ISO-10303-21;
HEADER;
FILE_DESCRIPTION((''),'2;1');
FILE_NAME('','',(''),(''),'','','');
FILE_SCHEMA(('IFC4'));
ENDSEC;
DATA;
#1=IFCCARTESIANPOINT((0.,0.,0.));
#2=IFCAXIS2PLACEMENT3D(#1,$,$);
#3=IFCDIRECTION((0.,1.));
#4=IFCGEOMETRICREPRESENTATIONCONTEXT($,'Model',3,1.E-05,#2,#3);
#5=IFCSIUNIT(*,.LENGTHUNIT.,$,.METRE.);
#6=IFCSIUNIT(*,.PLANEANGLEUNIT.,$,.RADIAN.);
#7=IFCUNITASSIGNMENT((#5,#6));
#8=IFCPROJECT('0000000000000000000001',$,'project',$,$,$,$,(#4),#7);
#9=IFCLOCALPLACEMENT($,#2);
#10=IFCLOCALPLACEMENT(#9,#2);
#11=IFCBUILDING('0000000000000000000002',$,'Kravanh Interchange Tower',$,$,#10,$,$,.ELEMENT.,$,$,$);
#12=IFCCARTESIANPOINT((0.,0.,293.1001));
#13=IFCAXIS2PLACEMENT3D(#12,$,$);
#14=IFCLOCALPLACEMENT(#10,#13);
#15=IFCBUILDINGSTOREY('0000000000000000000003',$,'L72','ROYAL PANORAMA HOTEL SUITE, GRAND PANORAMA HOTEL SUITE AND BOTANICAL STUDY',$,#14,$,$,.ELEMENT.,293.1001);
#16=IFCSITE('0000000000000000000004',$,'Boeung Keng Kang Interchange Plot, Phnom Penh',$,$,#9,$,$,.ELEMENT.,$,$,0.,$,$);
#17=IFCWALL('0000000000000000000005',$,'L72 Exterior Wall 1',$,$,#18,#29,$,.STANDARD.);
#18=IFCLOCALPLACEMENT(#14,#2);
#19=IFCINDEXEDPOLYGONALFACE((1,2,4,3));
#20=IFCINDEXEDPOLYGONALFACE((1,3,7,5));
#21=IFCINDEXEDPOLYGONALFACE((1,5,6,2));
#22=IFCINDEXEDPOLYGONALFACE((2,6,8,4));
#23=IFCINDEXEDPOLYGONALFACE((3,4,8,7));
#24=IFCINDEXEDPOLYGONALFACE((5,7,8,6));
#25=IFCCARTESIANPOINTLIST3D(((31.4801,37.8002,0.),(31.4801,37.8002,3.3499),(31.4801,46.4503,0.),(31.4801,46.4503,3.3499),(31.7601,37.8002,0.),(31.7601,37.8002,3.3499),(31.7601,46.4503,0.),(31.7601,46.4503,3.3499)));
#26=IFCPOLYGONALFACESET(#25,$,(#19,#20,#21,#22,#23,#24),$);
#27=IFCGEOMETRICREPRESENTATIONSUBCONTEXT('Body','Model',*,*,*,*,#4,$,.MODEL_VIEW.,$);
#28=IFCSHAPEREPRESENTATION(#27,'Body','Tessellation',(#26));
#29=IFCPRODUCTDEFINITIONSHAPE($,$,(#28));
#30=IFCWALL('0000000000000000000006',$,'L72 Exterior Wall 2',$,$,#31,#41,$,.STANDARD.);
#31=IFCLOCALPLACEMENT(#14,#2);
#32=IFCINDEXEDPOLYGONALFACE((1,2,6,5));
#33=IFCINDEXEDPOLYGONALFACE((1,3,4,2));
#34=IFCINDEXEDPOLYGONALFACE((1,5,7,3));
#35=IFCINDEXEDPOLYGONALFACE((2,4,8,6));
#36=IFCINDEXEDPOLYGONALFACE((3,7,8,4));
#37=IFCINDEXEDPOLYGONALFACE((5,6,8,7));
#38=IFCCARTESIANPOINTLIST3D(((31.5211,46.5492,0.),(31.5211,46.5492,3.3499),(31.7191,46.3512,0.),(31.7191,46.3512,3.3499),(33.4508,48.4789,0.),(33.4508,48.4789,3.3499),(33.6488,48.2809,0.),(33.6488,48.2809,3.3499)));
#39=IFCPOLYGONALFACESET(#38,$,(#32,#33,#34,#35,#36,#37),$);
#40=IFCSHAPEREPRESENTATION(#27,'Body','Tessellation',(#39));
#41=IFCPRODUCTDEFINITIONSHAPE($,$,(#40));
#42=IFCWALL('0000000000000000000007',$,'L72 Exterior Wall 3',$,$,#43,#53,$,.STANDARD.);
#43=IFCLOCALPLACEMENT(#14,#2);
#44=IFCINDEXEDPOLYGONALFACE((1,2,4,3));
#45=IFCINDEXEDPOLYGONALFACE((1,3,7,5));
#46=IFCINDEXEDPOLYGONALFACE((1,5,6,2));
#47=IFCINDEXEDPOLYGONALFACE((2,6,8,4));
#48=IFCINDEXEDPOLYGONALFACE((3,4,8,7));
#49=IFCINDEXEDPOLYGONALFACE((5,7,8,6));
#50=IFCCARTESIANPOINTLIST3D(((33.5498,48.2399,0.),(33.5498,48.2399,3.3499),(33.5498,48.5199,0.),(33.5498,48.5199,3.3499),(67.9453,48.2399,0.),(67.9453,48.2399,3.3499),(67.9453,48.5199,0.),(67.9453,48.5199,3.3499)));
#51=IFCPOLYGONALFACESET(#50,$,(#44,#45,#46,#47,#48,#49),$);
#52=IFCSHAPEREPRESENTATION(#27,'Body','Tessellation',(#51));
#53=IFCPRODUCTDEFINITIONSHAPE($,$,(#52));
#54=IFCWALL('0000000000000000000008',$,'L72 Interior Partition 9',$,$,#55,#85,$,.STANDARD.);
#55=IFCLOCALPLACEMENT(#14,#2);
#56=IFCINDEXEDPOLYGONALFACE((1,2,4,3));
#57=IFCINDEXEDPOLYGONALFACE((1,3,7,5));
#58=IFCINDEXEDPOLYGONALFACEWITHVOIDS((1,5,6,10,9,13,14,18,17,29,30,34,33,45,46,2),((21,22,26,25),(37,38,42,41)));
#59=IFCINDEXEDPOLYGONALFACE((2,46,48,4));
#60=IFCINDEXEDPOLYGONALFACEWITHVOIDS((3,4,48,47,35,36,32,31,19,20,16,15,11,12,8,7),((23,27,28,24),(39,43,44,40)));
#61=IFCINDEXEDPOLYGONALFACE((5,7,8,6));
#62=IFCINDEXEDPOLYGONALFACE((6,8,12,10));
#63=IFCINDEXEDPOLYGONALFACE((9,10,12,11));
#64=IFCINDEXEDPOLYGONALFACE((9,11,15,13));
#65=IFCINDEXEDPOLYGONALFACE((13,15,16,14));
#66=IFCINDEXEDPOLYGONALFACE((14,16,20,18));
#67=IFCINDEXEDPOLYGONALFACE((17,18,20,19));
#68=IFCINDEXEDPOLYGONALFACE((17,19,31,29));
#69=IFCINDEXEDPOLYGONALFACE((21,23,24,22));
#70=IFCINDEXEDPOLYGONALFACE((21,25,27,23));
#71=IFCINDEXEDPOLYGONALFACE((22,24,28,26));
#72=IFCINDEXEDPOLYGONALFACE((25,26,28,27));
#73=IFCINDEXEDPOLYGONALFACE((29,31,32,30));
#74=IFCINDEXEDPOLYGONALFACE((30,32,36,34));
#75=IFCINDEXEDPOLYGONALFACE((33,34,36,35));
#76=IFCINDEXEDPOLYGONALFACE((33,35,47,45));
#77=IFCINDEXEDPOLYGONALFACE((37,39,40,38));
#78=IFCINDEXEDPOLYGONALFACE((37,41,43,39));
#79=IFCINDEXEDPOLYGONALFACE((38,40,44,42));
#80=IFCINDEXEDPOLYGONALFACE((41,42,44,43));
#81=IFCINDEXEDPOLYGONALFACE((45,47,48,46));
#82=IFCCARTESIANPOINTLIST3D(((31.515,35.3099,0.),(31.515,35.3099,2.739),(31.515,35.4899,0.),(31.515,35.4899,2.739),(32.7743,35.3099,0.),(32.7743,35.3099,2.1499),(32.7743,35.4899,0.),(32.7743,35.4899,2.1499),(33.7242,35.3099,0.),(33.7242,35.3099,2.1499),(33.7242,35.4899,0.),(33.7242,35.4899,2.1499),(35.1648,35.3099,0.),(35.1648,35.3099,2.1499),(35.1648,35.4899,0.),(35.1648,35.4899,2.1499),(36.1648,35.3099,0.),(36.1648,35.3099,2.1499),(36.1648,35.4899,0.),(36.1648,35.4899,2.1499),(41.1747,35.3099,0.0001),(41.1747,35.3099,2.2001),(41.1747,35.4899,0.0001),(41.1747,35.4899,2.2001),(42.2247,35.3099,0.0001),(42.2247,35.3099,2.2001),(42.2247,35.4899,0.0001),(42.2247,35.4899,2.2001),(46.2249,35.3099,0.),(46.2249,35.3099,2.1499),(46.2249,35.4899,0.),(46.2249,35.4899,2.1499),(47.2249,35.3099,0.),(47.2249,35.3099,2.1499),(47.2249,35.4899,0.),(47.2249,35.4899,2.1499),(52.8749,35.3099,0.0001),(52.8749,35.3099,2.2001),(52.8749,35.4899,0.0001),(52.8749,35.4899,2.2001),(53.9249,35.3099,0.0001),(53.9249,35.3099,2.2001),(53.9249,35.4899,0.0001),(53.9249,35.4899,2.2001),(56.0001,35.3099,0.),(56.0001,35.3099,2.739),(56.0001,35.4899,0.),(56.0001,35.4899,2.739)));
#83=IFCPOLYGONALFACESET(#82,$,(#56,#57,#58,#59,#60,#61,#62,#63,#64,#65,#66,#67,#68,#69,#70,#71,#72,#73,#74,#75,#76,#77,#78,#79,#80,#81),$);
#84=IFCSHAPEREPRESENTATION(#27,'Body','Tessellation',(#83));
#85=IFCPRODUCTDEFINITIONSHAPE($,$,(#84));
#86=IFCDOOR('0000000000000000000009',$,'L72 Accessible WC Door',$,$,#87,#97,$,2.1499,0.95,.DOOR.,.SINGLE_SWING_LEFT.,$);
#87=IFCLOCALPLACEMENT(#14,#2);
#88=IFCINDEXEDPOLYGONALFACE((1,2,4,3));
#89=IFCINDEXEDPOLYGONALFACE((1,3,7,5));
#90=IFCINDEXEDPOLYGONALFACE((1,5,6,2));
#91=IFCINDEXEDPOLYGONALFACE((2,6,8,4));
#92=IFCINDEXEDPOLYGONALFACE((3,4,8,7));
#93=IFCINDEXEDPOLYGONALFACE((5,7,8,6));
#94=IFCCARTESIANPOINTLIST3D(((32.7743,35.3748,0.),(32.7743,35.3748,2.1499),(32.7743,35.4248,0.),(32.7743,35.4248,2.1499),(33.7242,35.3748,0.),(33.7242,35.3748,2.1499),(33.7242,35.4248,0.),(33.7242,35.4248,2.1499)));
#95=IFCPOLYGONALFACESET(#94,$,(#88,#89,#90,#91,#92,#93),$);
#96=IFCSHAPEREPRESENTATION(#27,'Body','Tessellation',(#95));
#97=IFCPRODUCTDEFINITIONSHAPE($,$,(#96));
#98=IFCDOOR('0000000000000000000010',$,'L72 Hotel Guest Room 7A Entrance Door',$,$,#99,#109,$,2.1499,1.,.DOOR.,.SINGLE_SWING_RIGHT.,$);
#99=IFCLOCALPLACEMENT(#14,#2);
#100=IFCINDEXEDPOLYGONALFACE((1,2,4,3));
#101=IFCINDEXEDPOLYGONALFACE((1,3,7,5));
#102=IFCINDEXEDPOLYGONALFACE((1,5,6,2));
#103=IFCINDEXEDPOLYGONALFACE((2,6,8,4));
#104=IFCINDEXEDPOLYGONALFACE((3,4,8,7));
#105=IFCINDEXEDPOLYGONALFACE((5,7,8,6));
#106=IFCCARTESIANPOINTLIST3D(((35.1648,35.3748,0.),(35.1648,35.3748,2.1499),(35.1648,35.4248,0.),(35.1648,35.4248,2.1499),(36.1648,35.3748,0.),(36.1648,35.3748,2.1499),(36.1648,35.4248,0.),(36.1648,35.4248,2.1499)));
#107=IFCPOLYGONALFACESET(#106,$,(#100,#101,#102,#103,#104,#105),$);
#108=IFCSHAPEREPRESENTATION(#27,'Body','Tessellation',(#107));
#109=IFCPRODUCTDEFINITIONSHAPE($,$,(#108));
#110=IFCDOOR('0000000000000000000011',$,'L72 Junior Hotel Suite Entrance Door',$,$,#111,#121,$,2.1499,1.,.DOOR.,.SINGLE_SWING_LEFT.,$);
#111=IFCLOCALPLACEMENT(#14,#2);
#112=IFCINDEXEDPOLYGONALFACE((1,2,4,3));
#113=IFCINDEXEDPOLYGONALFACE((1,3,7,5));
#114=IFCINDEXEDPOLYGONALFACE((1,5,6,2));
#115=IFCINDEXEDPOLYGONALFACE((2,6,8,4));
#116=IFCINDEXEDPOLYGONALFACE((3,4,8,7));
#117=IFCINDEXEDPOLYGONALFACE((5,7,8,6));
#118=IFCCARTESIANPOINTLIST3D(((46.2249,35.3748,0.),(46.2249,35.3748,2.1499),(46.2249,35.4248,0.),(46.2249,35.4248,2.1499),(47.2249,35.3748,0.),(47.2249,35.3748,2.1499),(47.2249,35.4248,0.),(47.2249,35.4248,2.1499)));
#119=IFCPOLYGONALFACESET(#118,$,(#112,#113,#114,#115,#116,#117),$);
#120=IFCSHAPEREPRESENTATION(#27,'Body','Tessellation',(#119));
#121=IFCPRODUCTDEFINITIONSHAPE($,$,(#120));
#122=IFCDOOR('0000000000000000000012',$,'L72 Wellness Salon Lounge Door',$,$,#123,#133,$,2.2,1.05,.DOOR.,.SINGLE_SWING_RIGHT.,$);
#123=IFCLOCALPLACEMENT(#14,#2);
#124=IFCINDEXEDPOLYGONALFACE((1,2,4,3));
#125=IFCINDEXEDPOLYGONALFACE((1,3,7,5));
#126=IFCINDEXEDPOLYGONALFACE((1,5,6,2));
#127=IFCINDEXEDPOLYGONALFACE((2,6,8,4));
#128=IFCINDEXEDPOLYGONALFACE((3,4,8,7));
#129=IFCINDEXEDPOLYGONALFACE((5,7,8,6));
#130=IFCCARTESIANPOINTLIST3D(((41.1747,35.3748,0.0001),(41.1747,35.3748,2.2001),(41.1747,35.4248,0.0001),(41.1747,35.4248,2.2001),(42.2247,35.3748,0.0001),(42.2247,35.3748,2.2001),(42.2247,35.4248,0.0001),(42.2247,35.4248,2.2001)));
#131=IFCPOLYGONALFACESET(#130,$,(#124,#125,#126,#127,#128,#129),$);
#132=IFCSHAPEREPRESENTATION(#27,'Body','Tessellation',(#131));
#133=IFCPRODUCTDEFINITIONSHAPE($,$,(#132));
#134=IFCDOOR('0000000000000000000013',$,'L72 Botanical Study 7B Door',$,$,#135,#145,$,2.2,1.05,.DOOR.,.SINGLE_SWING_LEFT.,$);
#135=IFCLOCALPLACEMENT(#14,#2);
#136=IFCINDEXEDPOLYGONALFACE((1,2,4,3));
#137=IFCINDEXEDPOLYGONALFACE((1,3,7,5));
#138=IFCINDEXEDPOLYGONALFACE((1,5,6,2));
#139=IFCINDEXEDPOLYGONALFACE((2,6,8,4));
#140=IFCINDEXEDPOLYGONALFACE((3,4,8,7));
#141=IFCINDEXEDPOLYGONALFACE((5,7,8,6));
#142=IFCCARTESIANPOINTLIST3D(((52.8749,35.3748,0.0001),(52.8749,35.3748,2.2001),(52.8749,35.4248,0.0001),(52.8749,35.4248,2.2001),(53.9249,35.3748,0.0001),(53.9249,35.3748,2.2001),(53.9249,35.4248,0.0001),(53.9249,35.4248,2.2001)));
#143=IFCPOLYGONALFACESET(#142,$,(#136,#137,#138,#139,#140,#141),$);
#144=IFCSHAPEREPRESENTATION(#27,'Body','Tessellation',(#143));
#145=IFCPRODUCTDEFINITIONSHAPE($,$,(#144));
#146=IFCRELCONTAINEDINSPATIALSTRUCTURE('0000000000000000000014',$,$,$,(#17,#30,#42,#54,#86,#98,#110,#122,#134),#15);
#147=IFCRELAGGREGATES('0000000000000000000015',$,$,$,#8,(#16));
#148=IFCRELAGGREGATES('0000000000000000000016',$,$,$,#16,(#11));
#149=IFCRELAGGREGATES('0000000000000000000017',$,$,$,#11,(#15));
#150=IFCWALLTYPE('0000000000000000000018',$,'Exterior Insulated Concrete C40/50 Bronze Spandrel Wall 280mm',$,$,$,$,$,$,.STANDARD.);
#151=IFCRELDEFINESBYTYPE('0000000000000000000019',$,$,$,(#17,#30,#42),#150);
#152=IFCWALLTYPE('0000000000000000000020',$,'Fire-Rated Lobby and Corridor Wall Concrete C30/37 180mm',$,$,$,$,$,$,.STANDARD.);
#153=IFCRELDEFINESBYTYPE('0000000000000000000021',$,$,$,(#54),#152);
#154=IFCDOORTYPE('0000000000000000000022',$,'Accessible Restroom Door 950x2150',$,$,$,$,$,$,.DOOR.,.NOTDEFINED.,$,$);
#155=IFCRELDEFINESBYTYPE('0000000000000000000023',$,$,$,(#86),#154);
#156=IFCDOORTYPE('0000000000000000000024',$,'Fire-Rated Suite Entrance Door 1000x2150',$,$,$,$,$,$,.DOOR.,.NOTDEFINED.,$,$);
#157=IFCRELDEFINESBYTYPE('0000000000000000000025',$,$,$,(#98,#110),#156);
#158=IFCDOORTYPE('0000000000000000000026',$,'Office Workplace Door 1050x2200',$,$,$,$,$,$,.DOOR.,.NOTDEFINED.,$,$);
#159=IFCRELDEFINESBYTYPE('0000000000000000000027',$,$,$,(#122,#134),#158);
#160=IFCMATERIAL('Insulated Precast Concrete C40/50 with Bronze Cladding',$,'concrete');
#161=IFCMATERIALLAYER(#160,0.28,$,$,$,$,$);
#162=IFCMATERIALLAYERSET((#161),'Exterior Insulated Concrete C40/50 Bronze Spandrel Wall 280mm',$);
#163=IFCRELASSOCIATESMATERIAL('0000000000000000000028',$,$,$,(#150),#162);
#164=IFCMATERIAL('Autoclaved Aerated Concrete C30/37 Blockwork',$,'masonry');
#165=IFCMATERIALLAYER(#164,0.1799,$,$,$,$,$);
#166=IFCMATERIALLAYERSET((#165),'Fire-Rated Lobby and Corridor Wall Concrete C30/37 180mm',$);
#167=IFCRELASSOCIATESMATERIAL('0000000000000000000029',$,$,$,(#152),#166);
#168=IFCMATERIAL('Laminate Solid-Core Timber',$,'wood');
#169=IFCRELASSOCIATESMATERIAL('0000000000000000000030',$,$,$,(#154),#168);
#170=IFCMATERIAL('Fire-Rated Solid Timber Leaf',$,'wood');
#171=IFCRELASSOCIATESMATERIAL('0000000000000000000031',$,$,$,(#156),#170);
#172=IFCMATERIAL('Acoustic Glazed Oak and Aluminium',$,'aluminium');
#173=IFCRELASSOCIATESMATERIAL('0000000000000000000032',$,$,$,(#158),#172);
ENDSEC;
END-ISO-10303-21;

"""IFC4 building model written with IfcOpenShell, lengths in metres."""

from ifc_helpers import new_model, si_unit, direction, frame, frame_2d, origin, place, context, subcontext, project, spatial, rectangle, extrude, material, layer, layer_set, type_object, element, fill, save


model = new_model("IFC4")

# Units and contexts
model_context = context("Model", 3, precision=1e-05, world=origin(), true_north=direction((0.0, 1.0)))
body_context = subcontext(model_context, "Body", "Model", "MODEL_VIEW")
ifc_project = project(units=[si_unit("LENGTHUNIT", "METRE"), si_unit("PLANEANGLEUNIT", "RADIAN")], contexts=[model_context])

# Site, building, storey
site_placement = place(None, origin())
site = spatial("IfcSite", under=ifc_project, at=site_placement, Name="Boeung Keng Kang Interchange Plot, Phnom Penh", CompositionType="ELEMENT", RefElevation=0.0)
building_placement = place(site_placement, origin())
building = spatial("IfcBuilding", under=site, at=building_placement, Name="Kravanh Interchange Tower", CompositionType="ELEMENT")
storey_placement = place(building_placement, frame((0.0, 0.0, 293.1001)))
storey = spatial("IfcBuildingStorey", under=building, at=storey_placement, Name="L72", Description="ROYAL PANORAMA HOTEL SUITE, GRAND PANORAMA HOTEL SUITE AND BOTANICAL STUDY", CompositionType="ELEMENT", Elevation=293.1001)

# Walls
ifc_material_1 = material(Name="Insulated Precast Concrete C40/50 with Bronze Cladding", Category="concrete")
ifc_layer_1 = layer(ifc_material_1, 0.28)
ifc_layer_set_1 = layer_set([ifc_layer_1], Name="Exterior Insulated Concrete C40/50 Bronze Spandrel Wall 280mm")
wall_type_1 = type_object("IfcWallType", Name="Exterior Insulated Concrete C40/50 Bronze Spandrel Wall 280mm", PredefinedType="STANDARD", material=ifc_layer_set_1)
wall_1_placement = place(storey_placement, frame((31.6201, 37.8, 0.0), z_axis=(0.0, 0.0, 1.0), x_axis=(0.0, 1.0, 0.0)))
element("IfcWall", 1, at=wall_1_placement, inside=storey, type_object=wall_type_1, Name="L72 Exterior Wall 1", PredefinedType="STANDARD", context=body_context, shape_type="SweptSolid", body=[
    extrude(rectangle(XDim=8.6501, YDim=0.28, at=frame_2d((4.3252, 0.0))), origin(), (0.0, 0.0, 1.0), 3.3499),
])
wall_2_placement = place(storey_placement, frame((31.6201, 46.4502, 0.0), z_axis=(0.0, 0.0, 1.0), x_axis=(0.707107, 0.707107, 0.0)))
element("IfcWall", 2, at=wall_2_placement, inside=storey, type_object=wall_type_1, Name="L72 Exterior Wall 2", PredefinedType="STANDARD", context=body_context, shape_type="SweptSolid", body=[
    extrude(rectangle(XDim=2.729, YDim=0.28, at=frame_2d((1.3645, 0.0))), origin(), (0.0, 0.0, 1.0), 3.3499),
])
wall_3_placement = place(storey_placement, frame((33.5498, 48.3799, 0.0), z_axis=(0.0, 0.0, 1.0), x_axis=(1.0, 0.0, 0.0)))
element("IfcWall", 3, at=wall_3_placement, inside=storey, type_object=wall_type_1, Name="L72 Exterior Wall 3", PredefinedType="STANDARD", context=body_context, shape_type="SweptSolid", body=[
    extrude(rectangle(XDim=34.3955, YDim=0.28, at=frame_2d((17.1978, 0.0))), origin(), (0.0, 0.0, 1.0), 3.3499),
])

# Wall, openings, doors
ifc_material_2 = material(Name="Autoclaved Aerated Concrete C30/37 Blockwork", Category="masonry")
ifc_layer_2 = layer(ifc_material_2, 0.1799)
ifc_layer_set_2 = layer_set([ifc_layer_2], Name="Fire-Rated Lobby and Corridor Wall Concrete C30/37 180mm")
wall_type_2 = type_object("IfcWallType", Name="Fire-Rated Lobby and Corridor Wall Concrete C30/37 180mm", PredefinedType="STANDARD", material=ifc_layer_set_2)
wall_4_placement = place(storey_placement, frame((31.5149, 35.3999, 0.0), z_axis=(0.0, 0.0, 1.0), x_axis=(1.0, 0.0, 0.0)))
wall_4 = element("IfcWall", 4, at=wall_4_placement, inside=storey, type_object=wall_type_2, Name="L72 Interior Partition 9", PredefinedType="STANDARD", context=body_context, shape_type="SweptSolid", body=[
    extrude(rectangle(XDim=24.4851, YDim=0.1799, at=frame_2d((12.2427, 0.0))), origin(), (0.0, 0.0, 1.0), 2.739),
])
opening_1_placement = place(wall_4_placement, frame((1.2593, 0.0, 0.0)))
opening_1 = element("IfcOpeningElement", 5, at=opening_1_placement, cuts=wall_4, PredefinedType="OPENING", context=body_context, shape_type="SweptSolid", body=[
    extrude(rectangle(XDim=0.95, YDim=2.1499, at=frame_2d((0.4751, 1.075))), frame((0.0, 0.1001, 0.0), z_axis=(0.0, -1.0, 0.0), x_axis=(1.0, 0.0, 0.0)), (0.0, 0.0, 1.0), 0.2),
])
opening_2_placement = place(wall_4_placement, frame((3.6499, 0.0, 0.0)))
opening_2 = element("IfcOpeningElement", 6, at=opening_2_placement, cuts=wall_4, PredefinedType="OPENING", context=body_context, shape_type="SweptSolid", body=[
    extrude(rectangle(XDim=1.0, YDim=2.1499, at=frame_2d((0.5, 1.075))), frame((0.0, 0.1001, 0.0), z_axis=(0.0, -1.0, 0.0), x_axis=(1.0, 0.0, 0.0)), (0.0, 0.0, 1.0), 0.2),
])
opening_3_placement = place(wall_4_placement, frame((9.6599, 0.0, 0.0)))
opening_3 = element("IfcOpeningElement", 7, at=opening_3_placement, cuts=wall_4, PredefinedType="OPENING", context=body_context, shape_type="SweptSolid", body=[
    extrude(rectangle(XDim=1.05, YDim=2.2, at=frame_2d((0.5249, 1.1001))), frame((0.0, 0.1001, 0.0), z_axis=(0.0, -1.0, 0.0), x_axis=(1.0, 0.0, 0.0)), (0.0, 0.0, 1.0), 0.2),
])
opening_4_placement = place(wall_4_placement, frame((14.71, 0.0, 0.0)))
opening_4 = element("IfcOpeningElement", 8, at=opening_4_placement, cuts=wall_4, PredefinedType="OPENING", context=body_context, shape_type="SweptSolid", body=[
    extrude(rectangle(XDim=1.0, YDim=2.1499, at=frame_2d((0.5, 1.075))), frame((0.0, 0.1001, 0.0), z_axis=(0.0, -1.0, 0.0), x_axis=(1.0, 0.0, 0.0)), (0.0, 0.0, 1.0), 0.2),
])
opening_5_placement = place(wall_4_placement, frame((21.3601, 0.0, 0.0)))
opening_5 = element("IfcOpeningElement", 9, at=opening_5_placement, cuts=wall_4, PredefinedType="OPENING", context=body_context, shape_type="SweptSolid", body=[
    extrude(rectangle(XDim=1.05, YDim=2.2, at=frame_2d((0.5249, 1.1001))), frame((0.0, 0.1001, 0.0), z_axis=(0.0, -1.0, 0.0), x_axis=(1.0, 0.0, 0.0)), (0.0, 0.0, 1.0), 0.2),
])
ifc_material_3 = material(Name="Laminate Solid-Core Timber", Category="wood")
door_type_1 = type_object("IfcDoorType", Name="Accessible Restroom Door 950x2150", OperationType="NOTDEFINED", PredefinedType="DOOR", material=ifc_material_3)
door_1_placement = place(opening_1_placement, origin())
door_1 = element("IfcDoor", 10, at=door_1_placement, inside=storey, type_object=door_type_1, Name="L72 Accessible WC Door", OperationType="SINGLE_SWING_LEFT", OverallHeight=2.1499, OverallWidth=0.95, PredefinedType="DOOR", context=body_context, shape_type="SweptSolid", body=[
    extrude(rectangle(XDim=0.95, YDim=2.1499, at=frame_2d((0.4751, 1.075))), frame((0.0, 0.0249, 0.0), z_axis=(0.0, -1.0, 0.0), x_axis=(1.0, 0.0, 0.0)), (0.0, 0.0, 1.0), 0.05),
])
fill(opening_1, door_1)
ifc_material_4 = material(Name="Fire-Rated Solid Timber Leaf", Category="wood")
door_type_2 = type_object("IfcDoorType", Name="Fire-Rated Suite Entrance Door 1000x2150", OperationType="NOTDEFINED", PredefinedType="DOOR", material=ifc_material_4)
door_2_placement = place(opening_2_placement, origin())
door_2 = element("IfcDoor", 11, at=door_2_placement, inside=storey, type_object=door_type_2, Name="L72 Hotel Guest Room 7A Entrance Door", OperationType="SINGLE_SWING_RIGHT", OverallHeight=2.1499, OverallWidth=1.0, PredefinedType="DOOR", context=body_context, shape_type="SweptSolid", body=[
    extrude(rectangle(XDim=1.0, YDim=2.1499, at=frame_2d((0.5, 1.075))), frame((0.0, 0.0249, 0.0), z_axis=(0.0, -1.0, 0.0), x_axis=(1.0, 0.0, 0.0)), (0.0, 0.0, 1.0), 0.05),
])
fill(opening_2, door_2)
door_3_placement = place(opening_4_placement, origin())
door_3 = element("IfcDoor", 12, at=door_3_placement, inside=storey, type_object=door_type_2, Name="L72 Junior Hotel Suite Entrance Door", OperationType="SINGLE_SWING_LEFT", OverallHeight=2.1499, OverallWidth=1.0, PredefinedType="DOOR", context=body_context, shape_type="SweptSolid", body=[
    extrude(rectangle(XDim=1.0, YDim=2.1499, at=frame_2d((0.5, 1.075))), frame((0.0, 0.0249, 0.0), z_axis=(0.0, -1.0, 0.0), x_axis=(1.0, 0.0, 0.0)), (0.0, 0.0, 1.0), 0.05),
])
fill(opening_4, door_3)
ifc_material_5 = material(Name="Acoustic Glazed Oak and Aluminium", Category="aluminium")
door_type_3 = type_object("IfcDoorType", Name="Office Workplace Door 1050x2200", OperationType="NOTDEFINED", PredefinedType="DOOR", material=ifc_material_5)
door_4_placement = place(opening_3_placement, origin())
door_4 = element("IfcDoor", 13, at=door_4_placement, inside=storey, type_object=door_type_3, Name="L72 Wellness Salon Lounge Door", OperationType="SINGLE_SWING_RIGHT", OverallHeight=2.2, OverallWidth=1.05, PredefinedType="DOOR", context=body_context, shape_type="SweptSolid", body=[
    extrude(rectangle(XDim=1.05, YDim=2.2, at=frame_2d((0.5249, 1.1001))), frame((0.0, 0.0249, 0.0), z_axis=(0.0, -1.0, 0.0), x_axis=(1.0, 0.0, 0.0)), (0.0, 0.0, 1.0), 0.05),
])
fill(opening_3, door_4)
door_5_placement = place(opening_5_placement, origin())
door_5 = element("IfcDoor", 14, at=door_5_placement, inside=storey, type_object=door_type_3, Name="L72 Botanical Study 7B Door", OperationType="SINGLE_SWING_LEFT", OverallHeight=2.2, OverallWidth=1.05, PredefinedType="DOOR", context=body_context, shape_type="SweptSolid", body=[
    extrude(rectangle(XDim=1.05, YDim=2.2, at=frame_2d((0.5249, 1.1001))), frame((0.0, 0.0249, 0.0), z_axis=(0.0, -1.0, 0.0), x_axis=(1.0, 0.0, 0.0)), (0.0, 0.0, 1.0), 0.05),
])
fill(opening_5, door_5)

save(model, "model.ifc")
